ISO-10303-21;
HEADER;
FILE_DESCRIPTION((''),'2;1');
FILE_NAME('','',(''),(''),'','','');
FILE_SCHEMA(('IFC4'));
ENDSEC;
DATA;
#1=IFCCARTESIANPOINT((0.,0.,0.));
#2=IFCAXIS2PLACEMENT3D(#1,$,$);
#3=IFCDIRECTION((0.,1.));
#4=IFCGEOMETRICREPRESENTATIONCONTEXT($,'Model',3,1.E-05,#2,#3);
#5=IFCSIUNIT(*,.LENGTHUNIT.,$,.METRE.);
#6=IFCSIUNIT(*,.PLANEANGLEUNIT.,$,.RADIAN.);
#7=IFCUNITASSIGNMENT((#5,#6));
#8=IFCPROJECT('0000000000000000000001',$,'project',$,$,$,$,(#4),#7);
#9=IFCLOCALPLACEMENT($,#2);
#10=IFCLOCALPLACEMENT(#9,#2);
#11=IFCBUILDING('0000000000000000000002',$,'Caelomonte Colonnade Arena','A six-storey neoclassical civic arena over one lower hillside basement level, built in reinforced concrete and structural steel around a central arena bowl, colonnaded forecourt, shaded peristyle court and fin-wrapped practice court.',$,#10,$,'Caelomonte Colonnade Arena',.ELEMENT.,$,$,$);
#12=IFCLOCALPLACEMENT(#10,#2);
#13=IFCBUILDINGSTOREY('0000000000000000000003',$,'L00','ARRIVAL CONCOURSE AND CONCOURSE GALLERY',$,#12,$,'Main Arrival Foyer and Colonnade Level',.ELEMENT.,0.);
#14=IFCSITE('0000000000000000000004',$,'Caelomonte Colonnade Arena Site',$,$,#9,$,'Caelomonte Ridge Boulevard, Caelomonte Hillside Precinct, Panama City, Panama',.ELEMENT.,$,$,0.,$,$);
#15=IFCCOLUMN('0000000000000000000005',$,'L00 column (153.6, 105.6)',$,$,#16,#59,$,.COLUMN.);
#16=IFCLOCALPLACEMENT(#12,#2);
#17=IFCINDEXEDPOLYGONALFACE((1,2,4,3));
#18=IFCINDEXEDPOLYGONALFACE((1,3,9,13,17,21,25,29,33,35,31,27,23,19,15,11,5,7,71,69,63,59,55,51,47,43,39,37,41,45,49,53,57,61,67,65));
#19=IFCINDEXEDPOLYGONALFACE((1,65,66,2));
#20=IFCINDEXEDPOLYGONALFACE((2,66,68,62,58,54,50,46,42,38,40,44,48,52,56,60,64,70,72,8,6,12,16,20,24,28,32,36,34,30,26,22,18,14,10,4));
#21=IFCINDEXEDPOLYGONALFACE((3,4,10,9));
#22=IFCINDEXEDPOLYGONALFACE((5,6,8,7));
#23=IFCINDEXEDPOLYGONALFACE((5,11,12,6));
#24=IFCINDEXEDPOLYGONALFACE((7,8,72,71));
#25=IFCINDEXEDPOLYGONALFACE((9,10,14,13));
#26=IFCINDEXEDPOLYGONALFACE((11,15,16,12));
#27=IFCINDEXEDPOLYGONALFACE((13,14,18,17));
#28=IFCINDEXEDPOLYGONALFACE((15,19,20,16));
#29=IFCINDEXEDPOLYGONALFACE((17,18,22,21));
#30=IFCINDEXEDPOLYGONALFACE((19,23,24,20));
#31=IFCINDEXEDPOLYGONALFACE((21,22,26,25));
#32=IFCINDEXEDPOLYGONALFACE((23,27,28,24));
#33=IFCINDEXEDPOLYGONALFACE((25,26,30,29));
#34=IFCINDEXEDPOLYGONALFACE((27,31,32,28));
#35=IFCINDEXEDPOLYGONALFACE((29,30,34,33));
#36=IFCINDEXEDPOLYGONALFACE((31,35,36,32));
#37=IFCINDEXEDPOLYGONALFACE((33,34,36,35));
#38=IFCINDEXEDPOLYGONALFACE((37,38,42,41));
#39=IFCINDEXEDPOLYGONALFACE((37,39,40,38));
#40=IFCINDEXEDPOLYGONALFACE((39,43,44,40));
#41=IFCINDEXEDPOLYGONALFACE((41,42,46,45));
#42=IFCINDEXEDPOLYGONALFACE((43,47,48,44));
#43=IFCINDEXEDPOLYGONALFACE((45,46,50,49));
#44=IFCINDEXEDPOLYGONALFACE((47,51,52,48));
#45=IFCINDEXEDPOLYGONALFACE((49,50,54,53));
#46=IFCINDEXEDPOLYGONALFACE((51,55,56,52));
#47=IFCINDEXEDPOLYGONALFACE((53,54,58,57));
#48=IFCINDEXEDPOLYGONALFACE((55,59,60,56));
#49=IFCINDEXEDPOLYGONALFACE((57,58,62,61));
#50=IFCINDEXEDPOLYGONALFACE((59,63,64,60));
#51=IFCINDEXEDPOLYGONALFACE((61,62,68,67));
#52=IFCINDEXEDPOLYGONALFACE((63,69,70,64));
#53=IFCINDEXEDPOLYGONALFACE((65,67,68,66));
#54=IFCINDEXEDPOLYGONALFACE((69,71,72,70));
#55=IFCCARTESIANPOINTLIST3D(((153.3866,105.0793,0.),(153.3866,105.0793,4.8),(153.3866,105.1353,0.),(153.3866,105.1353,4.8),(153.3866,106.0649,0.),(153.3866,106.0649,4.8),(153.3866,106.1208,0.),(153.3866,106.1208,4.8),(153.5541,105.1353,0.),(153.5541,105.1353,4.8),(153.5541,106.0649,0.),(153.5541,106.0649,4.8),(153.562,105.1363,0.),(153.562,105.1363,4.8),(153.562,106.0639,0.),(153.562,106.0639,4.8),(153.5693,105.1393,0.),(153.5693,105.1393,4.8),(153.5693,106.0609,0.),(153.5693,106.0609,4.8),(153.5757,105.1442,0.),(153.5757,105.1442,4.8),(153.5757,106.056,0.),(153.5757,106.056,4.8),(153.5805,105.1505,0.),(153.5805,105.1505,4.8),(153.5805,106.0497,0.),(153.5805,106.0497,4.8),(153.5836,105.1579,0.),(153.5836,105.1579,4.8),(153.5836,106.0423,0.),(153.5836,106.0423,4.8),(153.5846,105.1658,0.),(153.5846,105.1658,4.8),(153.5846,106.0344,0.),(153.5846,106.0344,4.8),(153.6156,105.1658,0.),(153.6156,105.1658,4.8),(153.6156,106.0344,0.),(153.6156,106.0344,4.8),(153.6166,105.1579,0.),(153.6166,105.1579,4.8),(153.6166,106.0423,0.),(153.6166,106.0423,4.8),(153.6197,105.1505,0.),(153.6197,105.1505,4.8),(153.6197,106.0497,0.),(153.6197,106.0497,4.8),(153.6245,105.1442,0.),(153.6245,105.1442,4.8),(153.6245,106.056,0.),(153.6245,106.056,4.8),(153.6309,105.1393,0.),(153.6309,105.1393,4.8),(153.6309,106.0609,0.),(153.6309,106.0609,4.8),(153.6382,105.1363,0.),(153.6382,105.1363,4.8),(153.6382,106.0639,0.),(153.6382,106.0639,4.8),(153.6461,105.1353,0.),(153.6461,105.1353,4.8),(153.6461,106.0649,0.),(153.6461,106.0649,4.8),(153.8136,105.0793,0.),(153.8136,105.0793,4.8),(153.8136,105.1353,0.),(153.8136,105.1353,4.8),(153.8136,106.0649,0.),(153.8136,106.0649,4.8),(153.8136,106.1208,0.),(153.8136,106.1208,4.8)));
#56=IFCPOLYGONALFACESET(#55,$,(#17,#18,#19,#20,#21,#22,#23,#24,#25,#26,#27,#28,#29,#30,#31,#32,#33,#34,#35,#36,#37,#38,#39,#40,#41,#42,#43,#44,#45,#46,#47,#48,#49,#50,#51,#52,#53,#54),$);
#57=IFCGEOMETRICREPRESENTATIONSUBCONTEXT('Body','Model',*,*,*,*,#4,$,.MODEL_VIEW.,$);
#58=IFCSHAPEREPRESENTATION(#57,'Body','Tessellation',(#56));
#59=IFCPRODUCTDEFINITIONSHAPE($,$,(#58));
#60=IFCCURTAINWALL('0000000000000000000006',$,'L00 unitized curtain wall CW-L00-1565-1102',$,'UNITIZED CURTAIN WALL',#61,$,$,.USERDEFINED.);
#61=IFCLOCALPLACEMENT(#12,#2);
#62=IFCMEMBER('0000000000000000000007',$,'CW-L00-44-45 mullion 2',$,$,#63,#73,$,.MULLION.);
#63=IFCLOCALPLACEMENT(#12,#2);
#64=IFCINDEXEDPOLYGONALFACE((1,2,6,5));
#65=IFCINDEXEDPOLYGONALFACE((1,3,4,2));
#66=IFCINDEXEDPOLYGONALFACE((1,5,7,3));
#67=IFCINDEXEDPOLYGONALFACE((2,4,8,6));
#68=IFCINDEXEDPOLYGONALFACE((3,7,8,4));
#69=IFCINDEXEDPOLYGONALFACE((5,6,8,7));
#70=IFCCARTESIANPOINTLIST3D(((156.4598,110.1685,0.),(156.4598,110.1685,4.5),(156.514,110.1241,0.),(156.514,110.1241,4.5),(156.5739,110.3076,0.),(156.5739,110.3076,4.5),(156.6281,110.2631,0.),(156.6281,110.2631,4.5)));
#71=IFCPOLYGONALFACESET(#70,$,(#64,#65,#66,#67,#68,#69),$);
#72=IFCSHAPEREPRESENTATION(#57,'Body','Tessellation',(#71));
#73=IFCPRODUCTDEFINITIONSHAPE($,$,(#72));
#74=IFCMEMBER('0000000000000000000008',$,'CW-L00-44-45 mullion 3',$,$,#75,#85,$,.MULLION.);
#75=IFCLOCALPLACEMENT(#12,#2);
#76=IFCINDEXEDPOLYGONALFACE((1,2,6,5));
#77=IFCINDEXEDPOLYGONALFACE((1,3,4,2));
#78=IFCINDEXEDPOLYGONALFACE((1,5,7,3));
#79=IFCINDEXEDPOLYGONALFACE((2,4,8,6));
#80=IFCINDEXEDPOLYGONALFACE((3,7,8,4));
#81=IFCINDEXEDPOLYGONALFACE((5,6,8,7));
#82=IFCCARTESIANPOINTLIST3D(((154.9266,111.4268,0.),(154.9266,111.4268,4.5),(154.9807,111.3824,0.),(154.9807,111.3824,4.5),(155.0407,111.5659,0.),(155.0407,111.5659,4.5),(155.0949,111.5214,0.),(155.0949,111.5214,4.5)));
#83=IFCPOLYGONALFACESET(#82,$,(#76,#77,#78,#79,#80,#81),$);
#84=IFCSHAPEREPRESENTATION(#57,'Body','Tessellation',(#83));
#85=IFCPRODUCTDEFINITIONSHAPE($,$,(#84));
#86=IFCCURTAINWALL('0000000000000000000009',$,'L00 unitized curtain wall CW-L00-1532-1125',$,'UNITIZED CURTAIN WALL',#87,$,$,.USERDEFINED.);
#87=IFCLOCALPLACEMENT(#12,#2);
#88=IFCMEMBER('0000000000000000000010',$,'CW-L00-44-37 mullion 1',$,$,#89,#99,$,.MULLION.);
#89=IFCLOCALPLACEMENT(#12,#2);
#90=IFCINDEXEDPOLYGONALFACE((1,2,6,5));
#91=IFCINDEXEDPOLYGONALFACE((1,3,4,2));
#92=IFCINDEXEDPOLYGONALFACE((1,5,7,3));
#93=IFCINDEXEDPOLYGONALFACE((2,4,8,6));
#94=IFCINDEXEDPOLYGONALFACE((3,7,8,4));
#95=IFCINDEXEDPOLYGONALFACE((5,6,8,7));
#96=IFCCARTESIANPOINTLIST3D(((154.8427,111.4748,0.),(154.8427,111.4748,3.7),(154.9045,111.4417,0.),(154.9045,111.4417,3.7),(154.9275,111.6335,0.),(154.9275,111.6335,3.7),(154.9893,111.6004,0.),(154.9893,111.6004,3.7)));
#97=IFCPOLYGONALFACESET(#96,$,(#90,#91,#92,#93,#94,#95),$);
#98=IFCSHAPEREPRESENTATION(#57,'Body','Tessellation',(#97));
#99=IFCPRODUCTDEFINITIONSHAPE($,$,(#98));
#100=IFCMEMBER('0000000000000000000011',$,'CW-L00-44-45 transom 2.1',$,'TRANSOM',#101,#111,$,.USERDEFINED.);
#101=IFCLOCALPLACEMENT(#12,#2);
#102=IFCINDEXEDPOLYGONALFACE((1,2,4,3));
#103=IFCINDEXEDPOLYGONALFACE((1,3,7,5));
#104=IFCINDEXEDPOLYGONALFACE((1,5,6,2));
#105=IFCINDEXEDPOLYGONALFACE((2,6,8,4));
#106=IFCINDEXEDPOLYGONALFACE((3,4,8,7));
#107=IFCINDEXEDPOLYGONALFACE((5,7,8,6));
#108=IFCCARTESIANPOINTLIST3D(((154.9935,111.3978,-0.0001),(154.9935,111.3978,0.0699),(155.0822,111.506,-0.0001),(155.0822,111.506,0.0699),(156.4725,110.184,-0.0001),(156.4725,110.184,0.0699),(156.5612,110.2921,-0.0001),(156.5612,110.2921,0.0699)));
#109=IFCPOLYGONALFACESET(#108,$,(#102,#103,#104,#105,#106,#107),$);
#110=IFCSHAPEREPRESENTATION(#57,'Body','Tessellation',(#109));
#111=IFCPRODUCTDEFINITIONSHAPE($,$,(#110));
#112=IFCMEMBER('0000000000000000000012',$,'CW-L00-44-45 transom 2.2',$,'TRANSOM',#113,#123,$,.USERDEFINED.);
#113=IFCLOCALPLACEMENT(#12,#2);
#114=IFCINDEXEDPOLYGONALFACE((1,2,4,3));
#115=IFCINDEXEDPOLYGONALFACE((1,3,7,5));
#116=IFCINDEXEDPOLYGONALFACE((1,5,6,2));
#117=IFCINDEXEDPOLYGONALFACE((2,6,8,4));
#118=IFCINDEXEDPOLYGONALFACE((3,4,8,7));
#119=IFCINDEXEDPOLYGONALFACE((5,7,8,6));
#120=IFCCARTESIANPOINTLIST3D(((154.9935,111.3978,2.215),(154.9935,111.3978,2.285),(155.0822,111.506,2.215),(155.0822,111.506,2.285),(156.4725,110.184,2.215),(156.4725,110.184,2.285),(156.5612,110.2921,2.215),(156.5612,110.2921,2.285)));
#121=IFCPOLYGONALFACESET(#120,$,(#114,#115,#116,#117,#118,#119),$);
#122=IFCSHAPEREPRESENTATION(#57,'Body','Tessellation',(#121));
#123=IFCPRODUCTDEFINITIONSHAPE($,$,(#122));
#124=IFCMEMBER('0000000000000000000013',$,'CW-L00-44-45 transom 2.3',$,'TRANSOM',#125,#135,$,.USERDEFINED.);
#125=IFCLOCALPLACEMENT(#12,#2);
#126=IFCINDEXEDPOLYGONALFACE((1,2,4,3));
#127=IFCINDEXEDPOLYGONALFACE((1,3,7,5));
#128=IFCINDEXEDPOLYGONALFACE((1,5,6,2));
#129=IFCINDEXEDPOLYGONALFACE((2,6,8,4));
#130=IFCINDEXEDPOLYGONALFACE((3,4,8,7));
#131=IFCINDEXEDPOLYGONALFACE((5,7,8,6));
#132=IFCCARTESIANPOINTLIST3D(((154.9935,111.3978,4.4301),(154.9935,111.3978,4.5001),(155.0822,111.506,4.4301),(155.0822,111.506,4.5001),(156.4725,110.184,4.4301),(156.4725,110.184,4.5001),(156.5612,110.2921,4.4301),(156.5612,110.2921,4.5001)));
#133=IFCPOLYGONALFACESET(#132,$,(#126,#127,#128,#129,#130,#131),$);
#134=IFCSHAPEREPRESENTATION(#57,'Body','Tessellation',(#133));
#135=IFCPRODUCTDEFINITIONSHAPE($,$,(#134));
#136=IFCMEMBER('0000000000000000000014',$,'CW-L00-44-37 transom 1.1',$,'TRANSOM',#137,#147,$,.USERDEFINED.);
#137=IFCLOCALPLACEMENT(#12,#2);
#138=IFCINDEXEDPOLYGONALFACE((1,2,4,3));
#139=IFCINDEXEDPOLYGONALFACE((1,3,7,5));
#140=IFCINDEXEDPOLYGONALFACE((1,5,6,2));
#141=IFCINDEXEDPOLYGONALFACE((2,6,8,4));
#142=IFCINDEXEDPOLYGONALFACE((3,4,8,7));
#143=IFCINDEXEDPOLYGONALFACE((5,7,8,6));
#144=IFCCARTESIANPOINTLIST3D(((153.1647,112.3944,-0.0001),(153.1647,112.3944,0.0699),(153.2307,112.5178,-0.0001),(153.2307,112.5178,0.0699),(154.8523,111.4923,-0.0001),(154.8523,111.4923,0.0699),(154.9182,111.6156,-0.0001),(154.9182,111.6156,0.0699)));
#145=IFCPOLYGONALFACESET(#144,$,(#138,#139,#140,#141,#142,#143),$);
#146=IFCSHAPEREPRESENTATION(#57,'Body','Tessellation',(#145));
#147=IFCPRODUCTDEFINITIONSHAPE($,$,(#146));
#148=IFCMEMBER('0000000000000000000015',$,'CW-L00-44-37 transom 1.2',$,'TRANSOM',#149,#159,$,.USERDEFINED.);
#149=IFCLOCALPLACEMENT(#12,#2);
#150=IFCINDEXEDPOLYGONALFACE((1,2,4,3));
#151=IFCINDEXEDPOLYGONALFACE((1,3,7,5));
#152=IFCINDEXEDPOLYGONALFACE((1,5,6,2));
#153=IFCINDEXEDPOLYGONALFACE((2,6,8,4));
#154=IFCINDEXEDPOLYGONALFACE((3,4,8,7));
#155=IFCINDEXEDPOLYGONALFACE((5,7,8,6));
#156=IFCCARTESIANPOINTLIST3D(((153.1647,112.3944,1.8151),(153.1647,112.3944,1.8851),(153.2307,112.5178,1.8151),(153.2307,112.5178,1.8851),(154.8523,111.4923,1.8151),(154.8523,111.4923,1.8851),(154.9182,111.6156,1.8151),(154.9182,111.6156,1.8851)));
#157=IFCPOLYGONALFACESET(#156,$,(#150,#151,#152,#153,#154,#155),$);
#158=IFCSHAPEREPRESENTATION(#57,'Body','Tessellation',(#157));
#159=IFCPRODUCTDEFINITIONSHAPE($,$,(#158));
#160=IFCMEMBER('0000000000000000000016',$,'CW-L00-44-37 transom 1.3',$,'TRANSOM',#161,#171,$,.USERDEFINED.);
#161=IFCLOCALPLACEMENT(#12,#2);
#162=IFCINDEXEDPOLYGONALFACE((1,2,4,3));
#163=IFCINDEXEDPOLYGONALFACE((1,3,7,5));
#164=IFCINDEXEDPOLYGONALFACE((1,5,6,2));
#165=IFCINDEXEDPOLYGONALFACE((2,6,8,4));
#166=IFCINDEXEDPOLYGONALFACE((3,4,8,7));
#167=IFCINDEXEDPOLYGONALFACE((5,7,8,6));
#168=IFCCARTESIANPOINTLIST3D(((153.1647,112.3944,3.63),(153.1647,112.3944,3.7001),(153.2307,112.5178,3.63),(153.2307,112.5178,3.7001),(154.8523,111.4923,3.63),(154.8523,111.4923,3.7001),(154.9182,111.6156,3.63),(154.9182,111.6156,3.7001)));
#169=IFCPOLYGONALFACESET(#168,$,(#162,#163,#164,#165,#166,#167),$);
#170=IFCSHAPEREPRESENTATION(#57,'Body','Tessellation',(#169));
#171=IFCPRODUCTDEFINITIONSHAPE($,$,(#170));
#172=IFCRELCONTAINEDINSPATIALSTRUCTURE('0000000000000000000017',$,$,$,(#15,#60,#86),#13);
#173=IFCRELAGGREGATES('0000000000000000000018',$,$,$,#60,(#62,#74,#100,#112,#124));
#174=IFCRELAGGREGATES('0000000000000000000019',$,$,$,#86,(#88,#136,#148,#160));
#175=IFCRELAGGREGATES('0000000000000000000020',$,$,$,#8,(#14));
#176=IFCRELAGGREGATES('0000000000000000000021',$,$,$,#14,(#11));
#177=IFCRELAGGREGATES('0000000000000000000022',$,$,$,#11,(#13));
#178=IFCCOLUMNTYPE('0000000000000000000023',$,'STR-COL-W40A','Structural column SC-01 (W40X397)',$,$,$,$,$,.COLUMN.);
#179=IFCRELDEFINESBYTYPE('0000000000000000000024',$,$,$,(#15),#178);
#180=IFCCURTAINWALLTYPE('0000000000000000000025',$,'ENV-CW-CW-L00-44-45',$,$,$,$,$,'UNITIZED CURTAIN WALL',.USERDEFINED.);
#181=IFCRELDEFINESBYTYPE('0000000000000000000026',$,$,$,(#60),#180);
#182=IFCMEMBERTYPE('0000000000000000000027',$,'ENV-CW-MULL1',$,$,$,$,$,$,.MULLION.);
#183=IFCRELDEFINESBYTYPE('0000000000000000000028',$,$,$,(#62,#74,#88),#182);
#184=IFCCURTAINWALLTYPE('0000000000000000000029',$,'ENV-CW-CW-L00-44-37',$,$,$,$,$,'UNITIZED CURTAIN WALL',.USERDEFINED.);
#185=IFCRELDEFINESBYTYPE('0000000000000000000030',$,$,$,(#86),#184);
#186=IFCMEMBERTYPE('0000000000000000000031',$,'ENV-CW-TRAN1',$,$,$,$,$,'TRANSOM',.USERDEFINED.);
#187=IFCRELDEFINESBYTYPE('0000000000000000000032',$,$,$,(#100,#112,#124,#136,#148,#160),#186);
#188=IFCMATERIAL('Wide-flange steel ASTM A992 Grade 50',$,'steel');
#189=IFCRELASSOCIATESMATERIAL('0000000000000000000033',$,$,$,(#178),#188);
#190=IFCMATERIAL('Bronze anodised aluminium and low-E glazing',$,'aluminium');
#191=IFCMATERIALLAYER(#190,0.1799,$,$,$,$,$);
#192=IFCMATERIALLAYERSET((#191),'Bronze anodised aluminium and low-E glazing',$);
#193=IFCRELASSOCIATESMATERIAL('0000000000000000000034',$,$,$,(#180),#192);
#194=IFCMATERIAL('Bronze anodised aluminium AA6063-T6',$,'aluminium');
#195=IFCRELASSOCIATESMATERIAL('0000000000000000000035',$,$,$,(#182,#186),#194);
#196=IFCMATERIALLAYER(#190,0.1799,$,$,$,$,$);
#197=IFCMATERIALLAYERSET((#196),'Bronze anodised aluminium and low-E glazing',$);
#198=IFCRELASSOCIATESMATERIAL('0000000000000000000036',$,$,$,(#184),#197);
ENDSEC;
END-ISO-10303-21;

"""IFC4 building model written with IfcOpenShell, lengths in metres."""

from ifc_helpers import new_model, si_unit, direction, frame, origin, origin_2d, place, context, subcontext, project, spatial, rectangle, i_section, extrude, material, layer, layer_set, material_profile, profile_set, type_object, element, aggregate, save


model = new_model("IFC4")

# Units and contexts
model_context = context("Model", 3, precision=1e-05, world=origin(), true_north=direction((0.0, 1.0)))
body_context = subcontext(model_context, "Body", "Model", "MODEL_VIEW")
ifc_project = project(units=[si_unit("LENGTHUNIT", "METRE"), si_unit("PLANEANGLEUNIT", "RADIAN")], contexts=[model_context])

# Site, building, storey
site_placement = place(None, origin())
site = spatial("IfcSite", under=ifc_project, at=site_placement, Name="Caelomonte Colonnade Arena Site", LongName="Caelomonte Ridge Boulevard, Caelomonte Hillside Precinct, Panama City, Panama", CompositionType="ELEMENT", RefElevation=0.0)
building_placement = place(site_placement, origin())
building = spatial("IfcBuilding", under=site, at=building_placement, Name="Caelomonte Colonnade Arena", Description="A six-storey neoclassical civic arena over one lower hillside basement level, built in reinforced concrete and structural steel around a central arena bowl, colonnaded forecourt, shaded peristyle court and fin-wrapped practice court.", LongName="Caelomonte Colonnade Arena", CompositionType="ELEMENT")
storey_placement = place(building_placement, origin())
storey = spatial("IfcBuildingStorey", under=building, at=storey_placement, Name="L00", Description="ARRIVAL CONCOURSE AND CONCOURSE GALLERY", LongName="Main Arrival Foyer and Colonnade Level", CompositionType="ELEMENT", Elevation=0.0)

# Column
ifc_material_1 = material(Name="Wide-flange steel ASTM A992 Grade 50", Category="steel")
ifc_material_profile_1 = material_profile(ifc_material_1, i_section(OverallWidth=0.427, OverallDepth=1.0415, WebThickness=0.031, FlangeThickness=0.0559, FilletRadius=0.0305, at=origin_2d()), Name="W40X397")
ifc_profile_set_1 = profile_set([ifc_material_profile_1], Name="Wide-flange steel ASTM A992 Grade 50")
column_type = type_object("IfcColumnType", Name="STR-COL-W40A", Description="Structural column SC-01 (W40X397)", PredefinedType="COLUMN", material=ifc_profile_set_1)
column_placement = place(storey_placement, frame((153.6001, 105.6001, 0.0), z_axis=(0.0, 0.0, 1.0), x_axis=(1.0, 0.0, 0.0)))
element("IfcColumn", 1, at=column_placement, inside=storey, type_object=column_type, Name="L00 column (153.6, 105.6)", PredefinedType="COLUMN", context=body_context, shape_type="SweptSolid", body=[
    extrude(i_section(OverallWidth=0.427, OverallDepth=1.0415, WebThickness=0.031, FlangeThickness=0.0559, FilletRadius=0.0305, at=origin_2d()), origin(), (0.0, 0.0, 1.0), 4.8),
])

# Curtain wall, members
ifc_material_2 = material(Name="Bronze anodised aluminium and low-E glazing", Category="aluminium")
ifc_layer_1 = layer(ifc_material_2, 0.1799)
ifc_layer_set_1 = layer_set([ifc_layer_1], Name="Bronze anodised aluminium and low-E glazing")
curtain_wall_type_1 = type_object("IfcCurtainWallType", Name="ENV-CW-CW-L00-44-45", ElementType="UNITIZED CURTAIN WALL", PredefinedType="USERDEFINED", material=ifc_layer_set_1)
curtain_wall_1_placement = place(storey_placement, origin())
curtain_wall_1 = element("IfcCurtainWall", 2, at=curtain_wall_1_placement, inside=storey, type_object=curtain_wall_type_1, Name="L00 unitized curtain wall CW-L00-1565-1102", ObjectType="UNITIZED CURTAIN WALL", PredefinedType="USERDEFINED")
ifc_material_3 = material(Name="Bronze anodised aluminium AA6063-T6", Category="aluminium")
ifc_material_profile_2 = material_profile(ifc_material_3, rectangle(XDim=0.0701, YDim=0.1799, at=origin_2d()), Name="CWM-70X180")
ifc_profile_set_2 = profile_set([ifc_material_profile_2], Name="Bronze anodised aluminium AA6063-T6")
member_type_1 = type_object("IfcMemberType", Name="ENV-CW-MULL1", PredefinedType="MULLION", material=ifc_profile_set_2)
member_1_placement = place(storey_placement, frame((156.5439, 110.2158, 0.0), z_axis=(0.0, 0.0, 1.0), x_axis=(-0.772992, 0.634416, 0.0)))
member_1 = element("IfcMember", 3, at=member_1_placement, type_object=member_type_1, Name="CW-L00-44-45 mullion 2", PredefinedType="MULLION", context=body_context, shape_type="SweptSolid", body=[
    extrude(rectangle(XDim=0.0701, YDim=0.1799, at=origin_2d()), origin(), (0.0, 0.0, 1.0), 4.5),
])
member_2_placement = place(storey_placement, frame((155.0107, 111.4741, 0.0), z_axis=(0.0, 0.0, 1.0), x_axis=(-0.772992, 0.634416, 0.0)))
member_2 = element("IfcMember", 4, at=member_2_placement, type_object=member_type_1, Name="CW-L00-44-45 mullion 3", PredefinedType="MULLION", context=body_context, shape_type="SweptSolid", body=[
    extrude(rectangle(XDim=0.0701, YDim=0.1799, at=origin_2d()), origin(), (0.0, 0.0, 1.0), 4.5),
])

# Curtain wall, member
ifc_layer_2 = layer(ifc_material_2, 0.1799)
ifc_layer_set_2 = layer_set([ifc_layer_2], Name="Bronze anodised aluminium and low-E glazing")
curtain_wall_type_2 = type_object("IfcCurtainWallType", Name="ENV-CW-CW-L00-44-37", ElementType="UNITIZED CURTAIN WALL", PredefinedType="USERDEFINED", material=ifc_layer_set_2)
curtain_wall_2_placement = place(storey_placement, origin())
curtain_wall_2 = element("IfcCurtainWall", 5, at=curtain_wall_2_placement, inside=storey, type_object=curtain_wall_type_2, Name="L00 unitized curtain wall CW-L00-1532-1125", ObjectType="UNITIZED CURTAIN WALL", PredefinedType="USERDEFINED")
member_3_placement = place(storey_placement, frame((154.916, 111.5376, 0.0), z_axis=(0.0, 0.0, 1.0), x_axis=(-0.881923, 0.471394, 0.0)))
member_3 = element("IfcMember", 6, at=member_3_placement, type_object=member_type_1, Name="CW-L00-44-37 mullion 1", PredefinedType="MULLION", context=body_context, shape_type="SweptSolid", body=[
    extrude(rectangle(XDim=0.0701, YDim=0.1799, at=origin_2d()), origin(), (0.0, 0.0, 1.0), 3.7),
])

# Members
ifc_material_profile_3 = material_profile(ifc_material_3, rectangle(XDim=0.0701, YDim=0.1399, at=origin_2d()), Name="CWT-70X140")
ifc_profile_set_3 = profile_set([ifc_material_profile_3], Name="Bronze anodised aluminium AA6063-T6")
member_type_2 = type_object("IfcMemberType", Name="ENV-CW-TRAN1", ElementType="TRANSOM", PredefinedType="USERDEFINED", material=ifc_profile_set_3)
member_4_placement = place(storey_placement, frame((156.5168, 110.238, 0.0349), z_axis=(-0.77299, 0.634418, 0.0), x_axis=(0.0, 0.0, 1.0)))
member_4 = element("IfcMember", 7, at=member_4_placement, type_object=member_type_2, Name="CW-L00-44-45 transom 2.1", ObjectType="TRANSOM", PredefinedType="USERDEFINED", context=body_context, shape_type="SweptSolid", body=[
    extrude(rectangle(XDim=0.0701, YDim=0.1399, at=origin_2d()), origin(), (0.0, 0.0, 1.0), 1.9133),
])
member_5_placement = place(storey_placement, frame((156.5168, 110.238, 2.25), z_axis=(-0.77299, 0.634418, 0.0), x_axis=(0.0, 0.0, 1.0)))
member_5 = element("IfcMember", 8, at=member_5_placement, type_object=member_type_2, Name="CW-L00-44-45 transom 2.2", ObjectType="TRANSOM", PredefinedType="USERDEFINED", context=body_context, shape_type="SweptSolid", body=[
    extrude(rectangle(XDim=0.0701, YDim=0.1399, at=origin_2d()), origin(), (0.0, 0.0, 1.0), 1.9133),
])
member_6_placement = place(storey_placement, frame((156.5168, 110.238, 4.4651), z_axis=(-0.77299, 0.634418, 0.0), x_axis=(0.0, 0.0, 1.0)))
member_6 = element("IfcMember", 9, at=member_6_placement, type_object=member_type_2, Name="CW-L00-44-45 transom 2.3", ObjectType="TRANSOM", PredefinedType="USERDEFINED", context=body_context, shape_type="SweptSolid", body=[
    extrude(rectangle(XDim=0.0701, YDim=0.1399, at=origin_2d()), origin(), (0.0, 0.0, 1.0), 1.9133),
])
member_7_placement = place(storey_placement, frame((154.8853, 111.554, 0.0349), z_axis=(-0.881897, 0.471442, 0.0), x_axis=(0.0, 0.0, 1.0)))
member_7 = element("IfcMember", 10, at=member_7_placement, type_object=member_type_2, Name="CW-L00-44-37 transom 1.1", ObjectType="TRANSOM", PredefinedType="USERDEFINED", context=body_context, shape_type="SweptSolid", body=[
    extrude(rectangle(XDim=0.0701, YDim=0.1399, at=origin_2d()), origin(), (0.0, 0.0, 1.0), 1.9136),
])
member_8_placement = place(storey_placement, frame((154.8853, 111.554, 1.8501), z_axis=(-0.881897, 0.471442, 0.0), x_axis=(0.0, 0.0, 1.0)))
member_8 = element("IfcMember", 11, at=member_8_placement, type_object=member_type_2, Name="CW-L00-44-37 transom 1.2", ObjectType="TRANSOM", PredefinedType="USERDEFINED", context=body_context, shape_type="SweptSolid", body=[
    extrude(rectangle(XDim=0.0701, YDim=0.1399, at=origin_2d()), origin(), (0.0, 0.0, 1.0), 1.9136),
])
member_9_placement = place(storey_placement, frame((154.8853, 111.554, 3.665), z_axis=(-0.881897, 0.471442, 0.0), x_axis=(0.0, 0.0, 1.0)))
member_9 = element("IfcMember", 12, at=member_9_placement, type_object=member_type_2, Name="CW-L00-44-37 transom 1.3", ObjectType="TRANSOM", PredefinedType="USERDEFINED", context=body_context, shape_type="SweptSolid", body=[
    extrude(rectangle(XDim=0.0701, YDim=0.1399, at=origin_2d()), origin(), (0.0, 0.0, 1.0), 1.9136),
])

aggregate(curtain_wall_1, [member_1, member_2, member_4, member_5, member_6])
aggregate(curtain_wall_2, [member_3, member_7, member_8, member_9])

save(model, "model.ifc")
